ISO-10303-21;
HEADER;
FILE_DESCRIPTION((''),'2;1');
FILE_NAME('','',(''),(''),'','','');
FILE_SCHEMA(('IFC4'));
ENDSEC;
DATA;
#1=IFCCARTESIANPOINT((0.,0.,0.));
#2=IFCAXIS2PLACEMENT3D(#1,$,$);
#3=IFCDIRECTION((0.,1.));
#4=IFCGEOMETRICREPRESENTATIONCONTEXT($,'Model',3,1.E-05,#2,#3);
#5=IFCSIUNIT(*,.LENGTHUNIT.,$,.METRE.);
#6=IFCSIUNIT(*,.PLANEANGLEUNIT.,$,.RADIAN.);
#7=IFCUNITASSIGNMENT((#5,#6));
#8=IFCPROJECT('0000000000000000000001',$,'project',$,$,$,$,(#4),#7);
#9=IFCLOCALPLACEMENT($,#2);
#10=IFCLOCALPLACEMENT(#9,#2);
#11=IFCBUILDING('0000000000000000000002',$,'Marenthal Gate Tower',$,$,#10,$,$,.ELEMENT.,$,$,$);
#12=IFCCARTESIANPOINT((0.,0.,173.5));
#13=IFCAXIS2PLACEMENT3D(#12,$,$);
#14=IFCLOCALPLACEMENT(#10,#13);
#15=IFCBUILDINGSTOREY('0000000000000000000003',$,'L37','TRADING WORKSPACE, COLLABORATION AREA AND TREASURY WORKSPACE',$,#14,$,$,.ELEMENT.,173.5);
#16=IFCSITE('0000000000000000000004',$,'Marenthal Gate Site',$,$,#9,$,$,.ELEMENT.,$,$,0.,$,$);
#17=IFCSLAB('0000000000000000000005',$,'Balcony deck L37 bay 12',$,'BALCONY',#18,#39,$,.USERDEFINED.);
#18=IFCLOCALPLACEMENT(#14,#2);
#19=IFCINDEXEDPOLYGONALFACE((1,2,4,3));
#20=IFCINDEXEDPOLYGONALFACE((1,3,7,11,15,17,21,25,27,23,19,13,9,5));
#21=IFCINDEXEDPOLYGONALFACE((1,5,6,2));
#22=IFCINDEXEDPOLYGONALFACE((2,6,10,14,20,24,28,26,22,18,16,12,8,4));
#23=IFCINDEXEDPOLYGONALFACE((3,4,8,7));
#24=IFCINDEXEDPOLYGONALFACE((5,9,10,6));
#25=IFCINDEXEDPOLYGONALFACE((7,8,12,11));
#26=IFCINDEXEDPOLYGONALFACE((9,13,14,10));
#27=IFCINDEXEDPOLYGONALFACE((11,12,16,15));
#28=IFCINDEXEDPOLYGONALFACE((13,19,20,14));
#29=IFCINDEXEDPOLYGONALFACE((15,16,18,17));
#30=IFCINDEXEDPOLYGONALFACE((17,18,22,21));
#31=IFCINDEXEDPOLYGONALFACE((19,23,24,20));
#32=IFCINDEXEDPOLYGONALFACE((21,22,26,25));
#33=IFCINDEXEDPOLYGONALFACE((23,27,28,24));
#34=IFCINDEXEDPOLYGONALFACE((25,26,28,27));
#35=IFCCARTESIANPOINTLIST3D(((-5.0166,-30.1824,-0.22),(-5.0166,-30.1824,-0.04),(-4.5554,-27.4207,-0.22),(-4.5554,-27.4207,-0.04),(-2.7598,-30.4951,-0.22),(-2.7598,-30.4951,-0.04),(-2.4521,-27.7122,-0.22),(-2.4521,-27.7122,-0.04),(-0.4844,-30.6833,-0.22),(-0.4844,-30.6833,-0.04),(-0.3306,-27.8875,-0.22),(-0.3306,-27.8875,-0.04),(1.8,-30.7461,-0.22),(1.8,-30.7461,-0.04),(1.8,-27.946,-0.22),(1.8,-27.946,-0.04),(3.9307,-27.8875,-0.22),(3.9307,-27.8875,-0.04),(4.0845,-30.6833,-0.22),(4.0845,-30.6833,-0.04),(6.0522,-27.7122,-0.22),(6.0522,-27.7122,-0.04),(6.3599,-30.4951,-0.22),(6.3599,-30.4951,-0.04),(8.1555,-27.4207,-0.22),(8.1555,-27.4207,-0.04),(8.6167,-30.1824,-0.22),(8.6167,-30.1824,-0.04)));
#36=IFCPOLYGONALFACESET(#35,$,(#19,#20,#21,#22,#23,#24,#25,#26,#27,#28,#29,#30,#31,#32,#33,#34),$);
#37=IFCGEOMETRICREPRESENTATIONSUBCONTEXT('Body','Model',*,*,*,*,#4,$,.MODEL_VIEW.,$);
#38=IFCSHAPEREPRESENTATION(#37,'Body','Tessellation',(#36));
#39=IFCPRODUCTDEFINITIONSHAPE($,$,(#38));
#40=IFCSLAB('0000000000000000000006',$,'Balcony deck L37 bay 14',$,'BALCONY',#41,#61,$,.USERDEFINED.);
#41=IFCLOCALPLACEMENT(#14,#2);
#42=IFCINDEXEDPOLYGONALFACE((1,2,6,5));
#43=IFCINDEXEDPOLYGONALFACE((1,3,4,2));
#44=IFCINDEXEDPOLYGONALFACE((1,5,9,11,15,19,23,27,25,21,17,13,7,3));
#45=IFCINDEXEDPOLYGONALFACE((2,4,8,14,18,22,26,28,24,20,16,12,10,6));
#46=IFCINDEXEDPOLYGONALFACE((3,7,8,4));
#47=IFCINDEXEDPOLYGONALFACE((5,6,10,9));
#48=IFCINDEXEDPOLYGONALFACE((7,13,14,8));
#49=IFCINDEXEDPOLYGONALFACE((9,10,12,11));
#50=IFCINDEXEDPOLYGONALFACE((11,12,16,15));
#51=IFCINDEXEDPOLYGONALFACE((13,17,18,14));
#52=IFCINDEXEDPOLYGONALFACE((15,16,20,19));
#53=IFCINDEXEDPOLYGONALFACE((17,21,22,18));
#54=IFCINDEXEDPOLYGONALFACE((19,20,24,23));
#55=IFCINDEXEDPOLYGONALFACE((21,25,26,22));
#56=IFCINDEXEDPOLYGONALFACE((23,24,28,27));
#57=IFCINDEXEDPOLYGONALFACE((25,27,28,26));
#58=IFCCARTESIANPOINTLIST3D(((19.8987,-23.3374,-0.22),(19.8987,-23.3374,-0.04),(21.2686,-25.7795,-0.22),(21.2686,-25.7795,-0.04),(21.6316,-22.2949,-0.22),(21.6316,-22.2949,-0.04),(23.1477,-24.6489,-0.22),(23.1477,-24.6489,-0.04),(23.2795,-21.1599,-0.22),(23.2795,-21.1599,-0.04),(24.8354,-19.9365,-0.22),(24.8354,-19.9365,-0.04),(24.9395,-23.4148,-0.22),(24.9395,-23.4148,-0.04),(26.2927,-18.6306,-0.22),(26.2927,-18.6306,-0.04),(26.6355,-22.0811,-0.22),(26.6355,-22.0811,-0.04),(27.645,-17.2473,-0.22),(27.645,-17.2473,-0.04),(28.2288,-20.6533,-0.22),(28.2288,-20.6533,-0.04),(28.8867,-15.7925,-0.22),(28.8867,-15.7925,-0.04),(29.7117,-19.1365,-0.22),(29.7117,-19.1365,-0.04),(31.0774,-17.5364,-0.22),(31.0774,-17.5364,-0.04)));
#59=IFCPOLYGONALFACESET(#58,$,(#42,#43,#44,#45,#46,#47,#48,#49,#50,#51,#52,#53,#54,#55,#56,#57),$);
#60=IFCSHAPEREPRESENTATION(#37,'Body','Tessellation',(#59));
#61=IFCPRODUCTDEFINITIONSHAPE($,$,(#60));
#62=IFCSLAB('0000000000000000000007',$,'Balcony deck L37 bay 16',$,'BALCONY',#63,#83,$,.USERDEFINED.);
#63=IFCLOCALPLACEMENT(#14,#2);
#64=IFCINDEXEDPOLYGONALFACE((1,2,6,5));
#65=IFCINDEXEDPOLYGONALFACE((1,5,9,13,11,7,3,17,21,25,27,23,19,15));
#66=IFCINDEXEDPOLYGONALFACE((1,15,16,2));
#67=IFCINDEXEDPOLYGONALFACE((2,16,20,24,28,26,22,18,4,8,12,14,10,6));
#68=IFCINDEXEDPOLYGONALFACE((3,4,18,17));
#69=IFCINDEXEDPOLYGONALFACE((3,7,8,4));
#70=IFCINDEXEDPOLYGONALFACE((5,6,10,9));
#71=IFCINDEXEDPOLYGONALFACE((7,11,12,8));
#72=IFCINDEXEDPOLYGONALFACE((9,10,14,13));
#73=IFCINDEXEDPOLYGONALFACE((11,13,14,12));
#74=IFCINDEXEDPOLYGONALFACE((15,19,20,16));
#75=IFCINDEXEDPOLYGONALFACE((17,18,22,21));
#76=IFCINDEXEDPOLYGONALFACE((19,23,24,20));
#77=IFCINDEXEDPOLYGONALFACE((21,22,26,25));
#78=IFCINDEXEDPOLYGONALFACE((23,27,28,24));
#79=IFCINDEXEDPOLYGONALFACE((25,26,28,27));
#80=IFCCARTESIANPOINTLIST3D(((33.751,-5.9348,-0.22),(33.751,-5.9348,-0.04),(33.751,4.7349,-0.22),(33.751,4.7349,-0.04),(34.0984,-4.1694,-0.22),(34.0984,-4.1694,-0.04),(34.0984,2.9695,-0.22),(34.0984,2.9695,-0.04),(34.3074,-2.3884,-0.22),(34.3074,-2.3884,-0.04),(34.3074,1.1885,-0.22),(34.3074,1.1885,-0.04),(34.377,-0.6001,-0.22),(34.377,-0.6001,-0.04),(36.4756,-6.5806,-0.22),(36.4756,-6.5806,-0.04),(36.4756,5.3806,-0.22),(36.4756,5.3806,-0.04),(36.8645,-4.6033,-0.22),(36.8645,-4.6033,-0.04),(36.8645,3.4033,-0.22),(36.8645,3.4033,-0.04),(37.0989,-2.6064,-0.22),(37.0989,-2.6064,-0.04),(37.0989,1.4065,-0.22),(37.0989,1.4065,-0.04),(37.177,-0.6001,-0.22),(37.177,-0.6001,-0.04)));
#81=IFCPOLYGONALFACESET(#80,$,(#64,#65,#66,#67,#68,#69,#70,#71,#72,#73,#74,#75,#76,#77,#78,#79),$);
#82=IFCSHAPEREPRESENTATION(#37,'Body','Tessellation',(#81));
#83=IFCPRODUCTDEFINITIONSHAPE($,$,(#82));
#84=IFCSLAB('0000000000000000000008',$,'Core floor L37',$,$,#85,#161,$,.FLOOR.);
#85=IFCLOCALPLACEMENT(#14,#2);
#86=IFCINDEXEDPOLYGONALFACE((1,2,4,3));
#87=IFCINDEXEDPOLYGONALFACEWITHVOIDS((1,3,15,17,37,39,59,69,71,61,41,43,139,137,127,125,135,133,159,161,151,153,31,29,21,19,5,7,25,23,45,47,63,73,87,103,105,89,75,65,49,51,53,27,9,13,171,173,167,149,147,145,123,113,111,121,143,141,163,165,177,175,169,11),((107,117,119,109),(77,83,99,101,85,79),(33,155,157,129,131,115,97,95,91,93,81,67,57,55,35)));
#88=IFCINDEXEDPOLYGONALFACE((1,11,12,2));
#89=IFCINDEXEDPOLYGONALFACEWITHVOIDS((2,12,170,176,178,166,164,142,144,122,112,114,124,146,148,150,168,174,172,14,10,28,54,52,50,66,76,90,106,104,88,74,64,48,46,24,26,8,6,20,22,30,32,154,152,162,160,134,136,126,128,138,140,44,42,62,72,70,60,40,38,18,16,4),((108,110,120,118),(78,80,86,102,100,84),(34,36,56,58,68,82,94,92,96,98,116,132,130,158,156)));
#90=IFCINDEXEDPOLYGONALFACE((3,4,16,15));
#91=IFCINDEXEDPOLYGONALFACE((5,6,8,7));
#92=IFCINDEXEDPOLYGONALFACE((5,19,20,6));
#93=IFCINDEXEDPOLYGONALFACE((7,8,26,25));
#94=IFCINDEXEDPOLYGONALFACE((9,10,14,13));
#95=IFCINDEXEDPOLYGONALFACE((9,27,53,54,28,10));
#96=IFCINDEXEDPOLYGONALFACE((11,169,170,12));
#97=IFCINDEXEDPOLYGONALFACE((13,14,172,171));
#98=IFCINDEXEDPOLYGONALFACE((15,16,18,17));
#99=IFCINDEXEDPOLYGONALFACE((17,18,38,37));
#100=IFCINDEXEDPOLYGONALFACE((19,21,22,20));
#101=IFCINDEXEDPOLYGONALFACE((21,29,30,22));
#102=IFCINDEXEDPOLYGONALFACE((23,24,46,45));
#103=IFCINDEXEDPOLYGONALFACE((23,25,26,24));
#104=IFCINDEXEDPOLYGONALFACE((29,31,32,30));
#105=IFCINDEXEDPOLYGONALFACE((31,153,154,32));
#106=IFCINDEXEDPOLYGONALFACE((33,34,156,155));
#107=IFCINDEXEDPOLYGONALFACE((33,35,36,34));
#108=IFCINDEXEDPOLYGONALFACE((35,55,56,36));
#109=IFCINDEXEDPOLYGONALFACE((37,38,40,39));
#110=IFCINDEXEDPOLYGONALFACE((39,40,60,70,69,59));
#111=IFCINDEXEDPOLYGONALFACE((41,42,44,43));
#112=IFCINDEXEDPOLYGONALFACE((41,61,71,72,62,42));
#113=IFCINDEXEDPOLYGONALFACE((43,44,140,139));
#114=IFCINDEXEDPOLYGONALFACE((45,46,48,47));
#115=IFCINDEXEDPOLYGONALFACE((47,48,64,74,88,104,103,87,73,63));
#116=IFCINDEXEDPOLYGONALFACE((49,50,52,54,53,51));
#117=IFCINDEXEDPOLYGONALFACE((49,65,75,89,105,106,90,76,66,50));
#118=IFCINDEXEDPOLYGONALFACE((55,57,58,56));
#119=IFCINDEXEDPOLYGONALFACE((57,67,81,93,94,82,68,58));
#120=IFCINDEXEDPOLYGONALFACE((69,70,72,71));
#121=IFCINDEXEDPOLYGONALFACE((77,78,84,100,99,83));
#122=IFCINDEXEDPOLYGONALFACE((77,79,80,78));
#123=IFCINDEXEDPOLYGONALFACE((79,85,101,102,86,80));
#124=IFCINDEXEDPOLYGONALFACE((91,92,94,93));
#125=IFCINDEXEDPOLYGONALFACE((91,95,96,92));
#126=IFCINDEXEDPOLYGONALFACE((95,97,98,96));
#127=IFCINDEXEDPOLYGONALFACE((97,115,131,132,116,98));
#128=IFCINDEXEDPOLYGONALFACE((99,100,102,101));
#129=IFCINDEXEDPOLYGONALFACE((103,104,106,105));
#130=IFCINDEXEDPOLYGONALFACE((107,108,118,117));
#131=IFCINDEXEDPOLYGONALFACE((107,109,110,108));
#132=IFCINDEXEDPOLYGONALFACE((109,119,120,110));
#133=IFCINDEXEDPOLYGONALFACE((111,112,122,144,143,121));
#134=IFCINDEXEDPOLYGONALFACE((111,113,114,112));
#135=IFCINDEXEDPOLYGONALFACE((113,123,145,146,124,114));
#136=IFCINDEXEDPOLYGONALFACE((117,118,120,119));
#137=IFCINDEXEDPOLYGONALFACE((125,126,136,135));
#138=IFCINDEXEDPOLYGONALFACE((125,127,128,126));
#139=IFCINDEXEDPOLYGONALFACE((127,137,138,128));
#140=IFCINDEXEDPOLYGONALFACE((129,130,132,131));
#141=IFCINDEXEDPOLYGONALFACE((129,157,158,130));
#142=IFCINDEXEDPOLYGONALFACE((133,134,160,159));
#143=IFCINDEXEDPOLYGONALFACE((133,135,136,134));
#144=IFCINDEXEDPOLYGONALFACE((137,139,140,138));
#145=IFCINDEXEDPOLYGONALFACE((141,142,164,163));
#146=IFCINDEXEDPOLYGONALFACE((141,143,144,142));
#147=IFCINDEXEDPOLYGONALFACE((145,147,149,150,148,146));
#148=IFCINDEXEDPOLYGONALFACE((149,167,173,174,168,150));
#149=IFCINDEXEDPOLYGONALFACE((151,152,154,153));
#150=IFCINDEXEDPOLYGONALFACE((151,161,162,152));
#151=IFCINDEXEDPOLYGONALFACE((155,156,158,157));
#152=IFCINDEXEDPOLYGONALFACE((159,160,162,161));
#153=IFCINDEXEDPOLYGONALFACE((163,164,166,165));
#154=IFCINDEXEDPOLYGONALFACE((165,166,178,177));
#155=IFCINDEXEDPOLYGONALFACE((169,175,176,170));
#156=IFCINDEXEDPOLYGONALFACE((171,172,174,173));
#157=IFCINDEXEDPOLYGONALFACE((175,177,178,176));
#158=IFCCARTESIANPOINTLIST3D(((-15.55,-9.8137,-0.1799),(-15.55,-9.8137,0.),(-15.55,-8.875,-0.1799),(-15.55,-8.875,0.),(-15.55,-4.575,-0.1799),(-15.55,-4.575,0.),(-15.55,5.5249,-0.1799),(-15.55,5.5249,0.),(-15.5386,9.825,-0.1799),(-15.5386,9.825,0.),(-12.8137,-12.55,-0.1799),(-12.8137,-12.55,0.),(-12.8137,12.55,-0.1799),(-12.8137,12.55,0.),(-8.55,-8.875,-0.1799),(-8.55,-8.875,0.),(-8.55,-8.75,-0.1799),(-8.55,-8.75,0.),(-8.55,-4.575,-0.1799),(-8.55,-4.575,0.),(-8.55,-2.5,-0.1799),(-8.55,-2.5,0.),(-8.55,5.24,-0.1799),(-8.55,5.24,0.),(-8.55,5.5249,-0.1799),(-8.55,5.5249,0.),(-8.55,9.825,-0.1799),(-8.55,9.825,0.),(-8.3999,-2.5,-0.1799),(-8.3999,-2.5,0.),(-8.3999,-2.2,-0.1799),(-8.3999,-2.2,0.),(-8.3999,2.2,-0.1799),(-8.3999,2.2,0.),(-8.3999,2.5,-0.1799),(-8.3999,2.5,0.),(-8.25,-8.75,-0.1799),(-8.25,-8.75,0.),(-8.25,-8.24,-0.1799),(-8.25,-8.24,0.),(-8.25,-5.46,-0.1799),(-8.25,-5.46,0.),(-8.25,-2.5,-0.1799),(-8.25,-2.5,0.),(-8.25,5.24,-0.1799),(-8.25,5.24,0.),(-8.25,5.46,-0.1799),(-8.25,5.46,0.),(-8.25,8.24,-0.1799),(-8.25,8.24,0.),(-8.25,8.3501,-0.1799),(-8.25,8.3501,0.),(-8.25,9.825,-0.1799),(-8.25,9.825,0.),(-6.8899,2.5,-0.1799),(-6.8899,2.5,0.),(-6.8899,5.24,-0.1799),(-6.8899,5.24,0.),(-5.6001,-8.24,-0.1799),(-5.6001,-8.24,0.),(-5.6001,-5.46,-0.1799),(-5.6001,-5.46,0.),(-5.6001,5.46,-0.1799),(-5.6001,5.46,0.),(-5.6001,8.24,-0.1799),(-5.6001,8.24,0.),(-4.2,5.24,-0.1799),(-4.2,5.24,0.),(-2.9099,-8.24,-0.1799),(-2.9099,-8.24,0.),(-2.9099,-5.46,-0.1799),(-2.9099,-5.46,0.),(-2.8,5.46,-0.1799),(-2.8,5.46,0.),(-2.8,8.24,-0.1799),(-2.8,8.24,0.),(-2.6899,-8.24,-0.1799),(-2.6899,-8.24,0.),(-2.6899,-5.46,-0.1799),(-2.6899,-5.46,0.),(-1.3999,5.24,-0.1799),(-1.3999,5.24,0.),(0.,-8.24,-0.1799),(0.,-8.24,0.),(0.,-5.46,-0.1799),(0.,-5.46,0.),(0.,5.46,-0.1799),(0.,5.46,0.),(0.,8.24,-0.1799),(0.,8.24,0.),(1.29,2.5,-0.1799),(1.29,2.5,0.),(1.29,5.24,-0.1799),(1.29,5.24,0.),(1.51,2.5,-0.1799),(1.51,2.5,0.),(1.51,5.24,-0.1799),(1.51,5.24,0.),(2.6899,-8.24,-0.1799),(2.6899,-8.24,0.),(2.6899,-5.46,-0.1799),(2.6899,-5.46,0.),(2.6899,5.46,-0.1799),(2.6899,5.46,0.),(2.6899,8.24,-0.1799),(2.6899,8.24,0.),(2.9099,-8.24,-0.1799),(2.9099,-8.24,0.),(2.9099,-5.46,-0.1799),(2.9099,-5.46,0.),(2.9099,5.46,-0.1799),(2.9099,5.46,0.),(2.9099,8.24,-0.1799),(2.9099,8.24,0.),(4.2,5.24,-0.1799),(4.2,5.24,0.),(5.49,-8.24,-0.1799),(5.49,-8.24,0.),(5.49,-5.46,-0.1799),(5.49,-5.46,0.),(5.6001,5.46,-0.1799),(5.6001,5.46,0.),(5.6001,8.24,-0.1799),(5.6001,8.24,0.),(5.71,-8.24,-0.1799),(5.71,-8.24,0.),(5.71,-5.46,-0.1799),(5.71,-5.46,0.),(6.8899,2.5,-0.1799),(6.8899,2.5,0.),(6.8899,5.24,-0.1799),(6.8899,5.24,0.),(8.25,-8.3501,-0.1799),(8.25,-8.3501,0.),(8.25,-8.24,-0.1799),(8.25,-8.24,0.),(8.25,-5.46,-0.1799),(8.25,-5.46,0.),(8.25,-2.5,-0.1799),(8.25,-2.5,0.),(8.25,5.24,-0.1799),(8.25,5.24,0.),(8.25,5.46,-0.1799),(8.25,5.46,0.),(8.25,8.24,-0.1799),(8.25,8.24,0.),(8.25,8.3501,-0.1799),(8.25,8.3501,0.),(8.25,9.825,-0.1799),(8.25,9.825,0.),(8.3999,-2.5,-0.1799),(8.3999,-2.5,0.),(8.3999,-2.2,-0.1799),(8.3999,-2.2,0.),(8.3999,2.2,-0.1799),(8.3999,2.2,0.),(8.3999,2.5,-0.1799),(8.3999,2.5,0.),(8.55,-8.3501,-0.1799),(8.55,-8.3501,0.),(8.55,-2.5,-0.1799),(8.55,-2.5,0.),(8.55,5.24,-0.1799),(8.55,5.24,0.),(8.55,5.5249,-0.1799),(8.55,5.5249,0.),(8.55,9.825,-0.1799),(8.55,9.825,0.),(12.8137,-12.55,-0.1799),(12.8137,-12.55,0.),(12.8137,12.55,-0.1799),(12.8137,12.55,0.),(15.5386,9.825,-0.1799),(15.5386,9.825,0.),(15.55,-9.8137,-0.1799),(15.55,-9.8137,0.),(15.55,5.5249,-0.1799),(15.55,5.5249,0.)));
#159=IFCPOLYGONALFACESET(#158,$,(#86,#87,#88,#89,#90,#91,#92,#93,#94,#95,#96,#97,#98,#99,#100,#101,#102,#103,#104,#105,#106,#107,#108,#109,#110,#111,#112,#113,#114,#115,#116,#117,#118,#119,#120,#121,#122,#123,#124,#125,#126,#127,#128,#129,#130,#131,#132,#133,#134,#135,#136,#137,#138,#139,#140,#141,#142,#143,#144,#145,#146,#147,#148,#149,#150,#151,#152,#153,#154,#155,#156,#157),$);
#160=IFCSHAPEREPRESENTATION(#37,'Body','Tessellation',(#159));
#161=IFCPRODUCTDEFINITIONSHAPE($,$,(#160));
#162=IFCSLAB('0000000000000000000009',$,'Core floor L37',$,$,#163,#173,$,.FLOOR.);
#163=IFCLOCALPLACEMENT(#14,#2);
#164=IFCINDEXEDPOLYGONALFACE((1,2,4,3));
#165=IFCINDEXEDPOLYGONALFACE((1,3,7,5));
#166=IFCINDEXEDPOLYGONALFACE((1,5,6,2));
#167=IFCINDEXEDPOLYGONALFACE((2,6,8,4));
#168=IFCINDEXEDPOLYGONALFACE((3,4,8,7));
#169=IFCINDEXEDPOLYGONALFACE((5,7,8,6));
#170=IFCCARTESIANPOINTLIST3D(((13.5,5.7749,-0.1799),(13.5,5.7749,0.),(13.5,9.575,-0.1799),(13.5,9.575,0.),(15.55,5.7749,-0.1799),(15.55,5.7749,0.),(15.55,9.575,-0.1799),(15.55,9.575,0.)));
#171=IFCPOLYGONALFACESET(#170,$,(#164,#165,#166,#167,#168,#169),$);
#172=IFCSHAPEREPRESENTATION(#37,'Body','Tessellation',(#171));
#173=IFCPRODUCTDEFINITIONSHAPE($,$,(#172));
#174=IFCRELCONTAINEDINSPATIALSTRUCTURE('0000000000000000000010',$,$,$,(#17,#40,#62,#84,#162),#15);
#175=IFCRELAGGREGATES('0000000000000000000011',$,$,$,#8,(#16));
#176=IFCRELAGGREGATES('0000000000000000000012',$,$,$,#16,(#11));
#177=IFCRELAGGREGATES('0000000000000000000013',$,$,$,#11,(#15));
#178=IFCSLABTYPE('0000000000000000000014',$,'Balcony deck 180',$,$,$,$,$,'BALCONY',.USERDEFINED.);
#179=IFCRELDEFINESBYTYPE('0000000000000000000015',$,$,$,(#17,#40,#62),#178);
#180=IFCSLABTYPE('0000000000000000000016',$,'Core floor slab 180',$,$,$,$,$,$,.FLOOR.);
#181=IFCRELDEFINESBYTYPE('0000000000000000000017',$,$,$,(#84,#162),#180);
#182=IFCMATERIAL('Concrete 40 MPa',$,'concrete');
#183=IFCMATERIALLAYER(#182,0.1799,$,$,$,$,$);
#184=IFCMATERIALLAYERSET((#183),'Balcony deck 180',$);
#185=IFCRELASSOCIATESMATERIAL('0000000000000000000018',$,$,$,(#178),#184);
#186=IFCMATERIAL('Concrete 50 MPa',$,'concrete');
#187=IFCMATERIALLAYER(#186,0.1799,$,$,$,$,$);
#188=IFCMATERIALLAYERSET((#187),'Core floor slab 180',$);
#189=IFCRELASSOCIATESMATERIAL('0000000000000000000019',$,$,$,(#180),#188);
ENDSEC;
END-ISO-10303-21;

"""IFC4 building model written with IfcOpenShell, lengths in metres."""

from ifc_helpers import new_model, si_unit, direction, frame, origin, place, context, subcontext, project, spatial, polyline, outline, extrude, material, layer, layer_set, type_object, element, save


model = new_model("IFC4")

# Units and contexts
model_context = context("Model", 3, precision=1e-05, world=origin(), true_north=direction((0.0, 1.0)))
body_context = subcontext(model_context, "Body", "Model", "MODEL_VIEW")
ifc_project = project(units=[si_unit("LENGTHUNIT", "METRE"), si_unit("PLANEANGLEUNIT", "RADIAN")], contexts=[model_context])

# Site, building, storey
site_placement = place(None, origin())
site = spatial("IfcSite", under=ifc_project, at=site_placement, Name="Marenthal Gate Site", CompositionType="ELEMENT", RefElevation=0.0)
building_placement = place(site_placement, origin())
building = spatial("IfcBuilding", under=site, at=building_placement, Name="Marenthal Gate Tower", CompositionType="ELEMENT")
storey_placement = place(building_placement, frame((0.0, 0.0, 173.5)))
storey = spatial("IfcBuildingStorey", under=building, at=storey_placement, Name="L37", Description="TRADING WORKSPACE, COLLABORATION AREA AND TREASURY WORKSPACE", CompositionType="ELEMENT", Elevation=173.5)

# Slabs
ifc_material_1 = material(Name="Concrete 40 MPa", Category="concrete")
ifc_layer_1 = layer(ifc_material_1, 0.1799)
ifc_layer_set_1 = layer_set([ifc_layer_1], Name="Balcony deck 180")
slab_type_1 = type_object("IfcSlabType", Name="Balcony deck 180", ElementType="BALCONY", PredefinedType="USERDEFINED", material=ifc_layer_set_1)
slab_1_placement = place(storey_placement, frame((0.0, 0.0, -0.22)))
element("IfcSlab", 1, at=slab_1_placement, inside=storey, type_object=slab_type_1, Name="Balcony deck L37 bay 12", ObjectType="BALCONY", PredefinedType="USERDEFINED", context=body_context, shape_type="SweptSolid", body=[
    extrude(outline(polyline([(-4.5554, -27.4207), (-2.4521, -27.7122), (-0.3306, -27.8875), (1.8, -27.946), (3.9307, -27.8875), (6.0522, -27.7122), (8.1555, -27.4207), (8.6167, -30.1824), (6.3599, -30.4951), (4.0845, -30.6833), (1.8, -30.7461), (-0.4844, -30.6833), (-2.7598, -30.4951), (-5.0166, -30.1824), (-4.5554, -27.4207)])), origin(), (0.0, 0.0, 1.0), 0.1799),
])
slab_2_placement = place(storey_placement, frame((0.0, 0.0, -0.22)))
element("IfcSlab", 2, at=slab_2_placement, inside=storey, type_object=slab_type_1, Name="Balcony deck L37 bay 14", ObjectType="BALCONY", PredefinedType="USERDEFINED", context=body_context, shape_type="SweptSolid", body=[
    extrude(outline(polyline([(19.8987, -23.3374), (21.6316, -22.2949), (23.2795, -21.1599), (24.8354, -19.9365), (26.2927, -18.6306), (27.645, -17.2473), (28.8867, -15.7925), (31.0774, -17.5364), (29.7117, -19.1365), (28.2288, -20.6533), (26.6355, -22.0811), (24.9395, -23.4148), (23.1477, -24.6489), (21.2686, -25.7795), (19.8987, -23.3374)])), origin(), (0.0, 0.0, 1.0), 0.1799),
])
slab_3_placement = place(storey_placement, frame((0.0, 0.0, -0.22)))
element("IfcSlab", 3, at=slab_3_placement, inside=storey, type_object=slab_type_1, Name="Balcony deck L37 bay 16", ObjectType="BALCONY", PredefinedType="USERDEFINED", context=body_context, shape_type="SweptSolid", body=[
    extrude(outline(polyline([(33.751, -5.9348), (34.0984, -4.1694), (34.3074, -2.3884), (34.377, -0.6001), (34.3074, 1.1885), (34.0984, 2.9695), (33.751, 4.7349), (36.4756, 5.3806), (36.8645, 3.4033), (37.0989, 1.4065), (37.177, -0.6001), (37.0989, -2.6064), (36.8645, -4.6033), (36.4756, -6.5806), (33.751, -5.9348)])), origin(), (0.0, 0.0, 1.0), 0.1799),
])
ifc_material_2 = material(Name="Concrete 50 MPa", Category="concrete")
ifc_layer_2 = layer(ifc_material_2, 0.1799)
ifc_layer_set_2 = layer_set([ifc_layer_2], Name="Core floor slab 180")
slab_type_2 = type_object("IfcSlabType", Name="Core floor slab 180", PredefinedType="FLOOR", material=ifc_layer_set_2)
slab_4_placement = place(storey_placement, frame((0.0, 0.0, -0.1799)))
element("IfcSlab", 4, at=slab_4_placement, inside=storey, type_object=slab_type_2, Name="Core floor L37", PredefinedType="FLOOR", context=body_context, shape_type="SweptSolid", body=[
    extrude(outline(polyline([(12.8137, -12.55), (-12.8137, -12.55), (-15.55, -9.8137), (-15.55, -8.875), (-8.55, -8.875), (-8.55, -8.75), (-8.25, -8.75), (-8.25, -8.24), (-5.6001, -8.24), (-2.9099, -8.24), (-2.9099, -5.46), (-5.6001, -5.46), (-8.25, -5.46), (-8.25, -2.5), (8.25, -2.5), (8.25, -5.46), (5.71, -5.46), (5.71, -8.24), (8.25, -8.24), (8.25, -8.3501), (8.55, -8.3501), (8.55, -2.5), (8.3999, -2.5), (8.3999, -2.2), (-8.3999, -2.2), (-8.3999, -2.5), (-8.55, -2.5), (-8.55, -4.575), (-15.55, -4.575), (-15.55, 5.5249), (-8.55, 5.5249), (-8.55, 5.24), (-8.25, 5.24), (-8.25, 5.46), (-5.6001, 5.46), (-2.8, 5.46), (0.0, 5.46), (2.6899, 5.46), (2.6899, 8.24), (0.0, 8.24), (-2.8, 8.24), (-5.6001, 8.24), (-8.25, 8.24), (-8.25, 8.3501), (-8.25, 9.825), (-8.55, 9.825), (-15.5386, 9.825), (-12.8137, 12.55), (12.8137, 12.55), (15.5386, 9.825), (8.55, 9.825), (8.25, 9.825), (8.25, 8.3501), (8.25, 8.24), (5.6001, 8.24), (2.9099, 8.24), (2.9099, 5.46), (5.6001, 5.46), (8.25, 5.46), (8.25, 5.24), (8.55, 5.24), (8.55, 5.5249), (15.55, 5.5249), (15.55, -9.8137), (12.8137, -12.55)]), holes=[polyline([(2.6899, -8.24), (2.6899, -5.46), (0.0, -5.46), (-2.6899, -5.46), (-2.6899, -8.24), (0.0, -8.24), (2.6899, -8.24)]), polyline([(-6.8899, 5.24), (-6.8899, 2.5), (-8.3999, 2.5), (-8.3999, 2.2), (8.3999, 2.2), (8.3999, 2.5), (6.8899, 2.5), (6.8899, 5.24), (4.2, 5.24), (1.51, 5.24), (1.51, 2.5), (1.29, 2.5), (1.29, 5.24), (-1.3999, 5.24), (-4.2, 5.24), (-6.8899, 5.24)]), polyline([(5.49, -5.46), (2.9099, -5.46), (2.9099, -8.24), (5.49, -8.24), (5.49, -5.46)])]), origin(), (0.0, 0.0, 1.0), 0.1799),
])
slab_5_placement = place(storey_placement, frame((0.0, 0.0, -0.1799)))
element("IfcSlab", 5, at=slab_5_placement, inside=storey, type_object=slab_type_2, Name="Core floor L37", PredefinedType="FLOOR", context=body_context, shape_type="SweptSolid", body=[
    extrude(outline(polyline([(15.55, 5.7749), (13.5, 5.7749), (13.5, 9.575), (15.55, 9.575), (15.55, 5.7749)])), origin(), (0.0, 0.0, 1.0), 0.1799),
])

save(model, "model.ifc")
